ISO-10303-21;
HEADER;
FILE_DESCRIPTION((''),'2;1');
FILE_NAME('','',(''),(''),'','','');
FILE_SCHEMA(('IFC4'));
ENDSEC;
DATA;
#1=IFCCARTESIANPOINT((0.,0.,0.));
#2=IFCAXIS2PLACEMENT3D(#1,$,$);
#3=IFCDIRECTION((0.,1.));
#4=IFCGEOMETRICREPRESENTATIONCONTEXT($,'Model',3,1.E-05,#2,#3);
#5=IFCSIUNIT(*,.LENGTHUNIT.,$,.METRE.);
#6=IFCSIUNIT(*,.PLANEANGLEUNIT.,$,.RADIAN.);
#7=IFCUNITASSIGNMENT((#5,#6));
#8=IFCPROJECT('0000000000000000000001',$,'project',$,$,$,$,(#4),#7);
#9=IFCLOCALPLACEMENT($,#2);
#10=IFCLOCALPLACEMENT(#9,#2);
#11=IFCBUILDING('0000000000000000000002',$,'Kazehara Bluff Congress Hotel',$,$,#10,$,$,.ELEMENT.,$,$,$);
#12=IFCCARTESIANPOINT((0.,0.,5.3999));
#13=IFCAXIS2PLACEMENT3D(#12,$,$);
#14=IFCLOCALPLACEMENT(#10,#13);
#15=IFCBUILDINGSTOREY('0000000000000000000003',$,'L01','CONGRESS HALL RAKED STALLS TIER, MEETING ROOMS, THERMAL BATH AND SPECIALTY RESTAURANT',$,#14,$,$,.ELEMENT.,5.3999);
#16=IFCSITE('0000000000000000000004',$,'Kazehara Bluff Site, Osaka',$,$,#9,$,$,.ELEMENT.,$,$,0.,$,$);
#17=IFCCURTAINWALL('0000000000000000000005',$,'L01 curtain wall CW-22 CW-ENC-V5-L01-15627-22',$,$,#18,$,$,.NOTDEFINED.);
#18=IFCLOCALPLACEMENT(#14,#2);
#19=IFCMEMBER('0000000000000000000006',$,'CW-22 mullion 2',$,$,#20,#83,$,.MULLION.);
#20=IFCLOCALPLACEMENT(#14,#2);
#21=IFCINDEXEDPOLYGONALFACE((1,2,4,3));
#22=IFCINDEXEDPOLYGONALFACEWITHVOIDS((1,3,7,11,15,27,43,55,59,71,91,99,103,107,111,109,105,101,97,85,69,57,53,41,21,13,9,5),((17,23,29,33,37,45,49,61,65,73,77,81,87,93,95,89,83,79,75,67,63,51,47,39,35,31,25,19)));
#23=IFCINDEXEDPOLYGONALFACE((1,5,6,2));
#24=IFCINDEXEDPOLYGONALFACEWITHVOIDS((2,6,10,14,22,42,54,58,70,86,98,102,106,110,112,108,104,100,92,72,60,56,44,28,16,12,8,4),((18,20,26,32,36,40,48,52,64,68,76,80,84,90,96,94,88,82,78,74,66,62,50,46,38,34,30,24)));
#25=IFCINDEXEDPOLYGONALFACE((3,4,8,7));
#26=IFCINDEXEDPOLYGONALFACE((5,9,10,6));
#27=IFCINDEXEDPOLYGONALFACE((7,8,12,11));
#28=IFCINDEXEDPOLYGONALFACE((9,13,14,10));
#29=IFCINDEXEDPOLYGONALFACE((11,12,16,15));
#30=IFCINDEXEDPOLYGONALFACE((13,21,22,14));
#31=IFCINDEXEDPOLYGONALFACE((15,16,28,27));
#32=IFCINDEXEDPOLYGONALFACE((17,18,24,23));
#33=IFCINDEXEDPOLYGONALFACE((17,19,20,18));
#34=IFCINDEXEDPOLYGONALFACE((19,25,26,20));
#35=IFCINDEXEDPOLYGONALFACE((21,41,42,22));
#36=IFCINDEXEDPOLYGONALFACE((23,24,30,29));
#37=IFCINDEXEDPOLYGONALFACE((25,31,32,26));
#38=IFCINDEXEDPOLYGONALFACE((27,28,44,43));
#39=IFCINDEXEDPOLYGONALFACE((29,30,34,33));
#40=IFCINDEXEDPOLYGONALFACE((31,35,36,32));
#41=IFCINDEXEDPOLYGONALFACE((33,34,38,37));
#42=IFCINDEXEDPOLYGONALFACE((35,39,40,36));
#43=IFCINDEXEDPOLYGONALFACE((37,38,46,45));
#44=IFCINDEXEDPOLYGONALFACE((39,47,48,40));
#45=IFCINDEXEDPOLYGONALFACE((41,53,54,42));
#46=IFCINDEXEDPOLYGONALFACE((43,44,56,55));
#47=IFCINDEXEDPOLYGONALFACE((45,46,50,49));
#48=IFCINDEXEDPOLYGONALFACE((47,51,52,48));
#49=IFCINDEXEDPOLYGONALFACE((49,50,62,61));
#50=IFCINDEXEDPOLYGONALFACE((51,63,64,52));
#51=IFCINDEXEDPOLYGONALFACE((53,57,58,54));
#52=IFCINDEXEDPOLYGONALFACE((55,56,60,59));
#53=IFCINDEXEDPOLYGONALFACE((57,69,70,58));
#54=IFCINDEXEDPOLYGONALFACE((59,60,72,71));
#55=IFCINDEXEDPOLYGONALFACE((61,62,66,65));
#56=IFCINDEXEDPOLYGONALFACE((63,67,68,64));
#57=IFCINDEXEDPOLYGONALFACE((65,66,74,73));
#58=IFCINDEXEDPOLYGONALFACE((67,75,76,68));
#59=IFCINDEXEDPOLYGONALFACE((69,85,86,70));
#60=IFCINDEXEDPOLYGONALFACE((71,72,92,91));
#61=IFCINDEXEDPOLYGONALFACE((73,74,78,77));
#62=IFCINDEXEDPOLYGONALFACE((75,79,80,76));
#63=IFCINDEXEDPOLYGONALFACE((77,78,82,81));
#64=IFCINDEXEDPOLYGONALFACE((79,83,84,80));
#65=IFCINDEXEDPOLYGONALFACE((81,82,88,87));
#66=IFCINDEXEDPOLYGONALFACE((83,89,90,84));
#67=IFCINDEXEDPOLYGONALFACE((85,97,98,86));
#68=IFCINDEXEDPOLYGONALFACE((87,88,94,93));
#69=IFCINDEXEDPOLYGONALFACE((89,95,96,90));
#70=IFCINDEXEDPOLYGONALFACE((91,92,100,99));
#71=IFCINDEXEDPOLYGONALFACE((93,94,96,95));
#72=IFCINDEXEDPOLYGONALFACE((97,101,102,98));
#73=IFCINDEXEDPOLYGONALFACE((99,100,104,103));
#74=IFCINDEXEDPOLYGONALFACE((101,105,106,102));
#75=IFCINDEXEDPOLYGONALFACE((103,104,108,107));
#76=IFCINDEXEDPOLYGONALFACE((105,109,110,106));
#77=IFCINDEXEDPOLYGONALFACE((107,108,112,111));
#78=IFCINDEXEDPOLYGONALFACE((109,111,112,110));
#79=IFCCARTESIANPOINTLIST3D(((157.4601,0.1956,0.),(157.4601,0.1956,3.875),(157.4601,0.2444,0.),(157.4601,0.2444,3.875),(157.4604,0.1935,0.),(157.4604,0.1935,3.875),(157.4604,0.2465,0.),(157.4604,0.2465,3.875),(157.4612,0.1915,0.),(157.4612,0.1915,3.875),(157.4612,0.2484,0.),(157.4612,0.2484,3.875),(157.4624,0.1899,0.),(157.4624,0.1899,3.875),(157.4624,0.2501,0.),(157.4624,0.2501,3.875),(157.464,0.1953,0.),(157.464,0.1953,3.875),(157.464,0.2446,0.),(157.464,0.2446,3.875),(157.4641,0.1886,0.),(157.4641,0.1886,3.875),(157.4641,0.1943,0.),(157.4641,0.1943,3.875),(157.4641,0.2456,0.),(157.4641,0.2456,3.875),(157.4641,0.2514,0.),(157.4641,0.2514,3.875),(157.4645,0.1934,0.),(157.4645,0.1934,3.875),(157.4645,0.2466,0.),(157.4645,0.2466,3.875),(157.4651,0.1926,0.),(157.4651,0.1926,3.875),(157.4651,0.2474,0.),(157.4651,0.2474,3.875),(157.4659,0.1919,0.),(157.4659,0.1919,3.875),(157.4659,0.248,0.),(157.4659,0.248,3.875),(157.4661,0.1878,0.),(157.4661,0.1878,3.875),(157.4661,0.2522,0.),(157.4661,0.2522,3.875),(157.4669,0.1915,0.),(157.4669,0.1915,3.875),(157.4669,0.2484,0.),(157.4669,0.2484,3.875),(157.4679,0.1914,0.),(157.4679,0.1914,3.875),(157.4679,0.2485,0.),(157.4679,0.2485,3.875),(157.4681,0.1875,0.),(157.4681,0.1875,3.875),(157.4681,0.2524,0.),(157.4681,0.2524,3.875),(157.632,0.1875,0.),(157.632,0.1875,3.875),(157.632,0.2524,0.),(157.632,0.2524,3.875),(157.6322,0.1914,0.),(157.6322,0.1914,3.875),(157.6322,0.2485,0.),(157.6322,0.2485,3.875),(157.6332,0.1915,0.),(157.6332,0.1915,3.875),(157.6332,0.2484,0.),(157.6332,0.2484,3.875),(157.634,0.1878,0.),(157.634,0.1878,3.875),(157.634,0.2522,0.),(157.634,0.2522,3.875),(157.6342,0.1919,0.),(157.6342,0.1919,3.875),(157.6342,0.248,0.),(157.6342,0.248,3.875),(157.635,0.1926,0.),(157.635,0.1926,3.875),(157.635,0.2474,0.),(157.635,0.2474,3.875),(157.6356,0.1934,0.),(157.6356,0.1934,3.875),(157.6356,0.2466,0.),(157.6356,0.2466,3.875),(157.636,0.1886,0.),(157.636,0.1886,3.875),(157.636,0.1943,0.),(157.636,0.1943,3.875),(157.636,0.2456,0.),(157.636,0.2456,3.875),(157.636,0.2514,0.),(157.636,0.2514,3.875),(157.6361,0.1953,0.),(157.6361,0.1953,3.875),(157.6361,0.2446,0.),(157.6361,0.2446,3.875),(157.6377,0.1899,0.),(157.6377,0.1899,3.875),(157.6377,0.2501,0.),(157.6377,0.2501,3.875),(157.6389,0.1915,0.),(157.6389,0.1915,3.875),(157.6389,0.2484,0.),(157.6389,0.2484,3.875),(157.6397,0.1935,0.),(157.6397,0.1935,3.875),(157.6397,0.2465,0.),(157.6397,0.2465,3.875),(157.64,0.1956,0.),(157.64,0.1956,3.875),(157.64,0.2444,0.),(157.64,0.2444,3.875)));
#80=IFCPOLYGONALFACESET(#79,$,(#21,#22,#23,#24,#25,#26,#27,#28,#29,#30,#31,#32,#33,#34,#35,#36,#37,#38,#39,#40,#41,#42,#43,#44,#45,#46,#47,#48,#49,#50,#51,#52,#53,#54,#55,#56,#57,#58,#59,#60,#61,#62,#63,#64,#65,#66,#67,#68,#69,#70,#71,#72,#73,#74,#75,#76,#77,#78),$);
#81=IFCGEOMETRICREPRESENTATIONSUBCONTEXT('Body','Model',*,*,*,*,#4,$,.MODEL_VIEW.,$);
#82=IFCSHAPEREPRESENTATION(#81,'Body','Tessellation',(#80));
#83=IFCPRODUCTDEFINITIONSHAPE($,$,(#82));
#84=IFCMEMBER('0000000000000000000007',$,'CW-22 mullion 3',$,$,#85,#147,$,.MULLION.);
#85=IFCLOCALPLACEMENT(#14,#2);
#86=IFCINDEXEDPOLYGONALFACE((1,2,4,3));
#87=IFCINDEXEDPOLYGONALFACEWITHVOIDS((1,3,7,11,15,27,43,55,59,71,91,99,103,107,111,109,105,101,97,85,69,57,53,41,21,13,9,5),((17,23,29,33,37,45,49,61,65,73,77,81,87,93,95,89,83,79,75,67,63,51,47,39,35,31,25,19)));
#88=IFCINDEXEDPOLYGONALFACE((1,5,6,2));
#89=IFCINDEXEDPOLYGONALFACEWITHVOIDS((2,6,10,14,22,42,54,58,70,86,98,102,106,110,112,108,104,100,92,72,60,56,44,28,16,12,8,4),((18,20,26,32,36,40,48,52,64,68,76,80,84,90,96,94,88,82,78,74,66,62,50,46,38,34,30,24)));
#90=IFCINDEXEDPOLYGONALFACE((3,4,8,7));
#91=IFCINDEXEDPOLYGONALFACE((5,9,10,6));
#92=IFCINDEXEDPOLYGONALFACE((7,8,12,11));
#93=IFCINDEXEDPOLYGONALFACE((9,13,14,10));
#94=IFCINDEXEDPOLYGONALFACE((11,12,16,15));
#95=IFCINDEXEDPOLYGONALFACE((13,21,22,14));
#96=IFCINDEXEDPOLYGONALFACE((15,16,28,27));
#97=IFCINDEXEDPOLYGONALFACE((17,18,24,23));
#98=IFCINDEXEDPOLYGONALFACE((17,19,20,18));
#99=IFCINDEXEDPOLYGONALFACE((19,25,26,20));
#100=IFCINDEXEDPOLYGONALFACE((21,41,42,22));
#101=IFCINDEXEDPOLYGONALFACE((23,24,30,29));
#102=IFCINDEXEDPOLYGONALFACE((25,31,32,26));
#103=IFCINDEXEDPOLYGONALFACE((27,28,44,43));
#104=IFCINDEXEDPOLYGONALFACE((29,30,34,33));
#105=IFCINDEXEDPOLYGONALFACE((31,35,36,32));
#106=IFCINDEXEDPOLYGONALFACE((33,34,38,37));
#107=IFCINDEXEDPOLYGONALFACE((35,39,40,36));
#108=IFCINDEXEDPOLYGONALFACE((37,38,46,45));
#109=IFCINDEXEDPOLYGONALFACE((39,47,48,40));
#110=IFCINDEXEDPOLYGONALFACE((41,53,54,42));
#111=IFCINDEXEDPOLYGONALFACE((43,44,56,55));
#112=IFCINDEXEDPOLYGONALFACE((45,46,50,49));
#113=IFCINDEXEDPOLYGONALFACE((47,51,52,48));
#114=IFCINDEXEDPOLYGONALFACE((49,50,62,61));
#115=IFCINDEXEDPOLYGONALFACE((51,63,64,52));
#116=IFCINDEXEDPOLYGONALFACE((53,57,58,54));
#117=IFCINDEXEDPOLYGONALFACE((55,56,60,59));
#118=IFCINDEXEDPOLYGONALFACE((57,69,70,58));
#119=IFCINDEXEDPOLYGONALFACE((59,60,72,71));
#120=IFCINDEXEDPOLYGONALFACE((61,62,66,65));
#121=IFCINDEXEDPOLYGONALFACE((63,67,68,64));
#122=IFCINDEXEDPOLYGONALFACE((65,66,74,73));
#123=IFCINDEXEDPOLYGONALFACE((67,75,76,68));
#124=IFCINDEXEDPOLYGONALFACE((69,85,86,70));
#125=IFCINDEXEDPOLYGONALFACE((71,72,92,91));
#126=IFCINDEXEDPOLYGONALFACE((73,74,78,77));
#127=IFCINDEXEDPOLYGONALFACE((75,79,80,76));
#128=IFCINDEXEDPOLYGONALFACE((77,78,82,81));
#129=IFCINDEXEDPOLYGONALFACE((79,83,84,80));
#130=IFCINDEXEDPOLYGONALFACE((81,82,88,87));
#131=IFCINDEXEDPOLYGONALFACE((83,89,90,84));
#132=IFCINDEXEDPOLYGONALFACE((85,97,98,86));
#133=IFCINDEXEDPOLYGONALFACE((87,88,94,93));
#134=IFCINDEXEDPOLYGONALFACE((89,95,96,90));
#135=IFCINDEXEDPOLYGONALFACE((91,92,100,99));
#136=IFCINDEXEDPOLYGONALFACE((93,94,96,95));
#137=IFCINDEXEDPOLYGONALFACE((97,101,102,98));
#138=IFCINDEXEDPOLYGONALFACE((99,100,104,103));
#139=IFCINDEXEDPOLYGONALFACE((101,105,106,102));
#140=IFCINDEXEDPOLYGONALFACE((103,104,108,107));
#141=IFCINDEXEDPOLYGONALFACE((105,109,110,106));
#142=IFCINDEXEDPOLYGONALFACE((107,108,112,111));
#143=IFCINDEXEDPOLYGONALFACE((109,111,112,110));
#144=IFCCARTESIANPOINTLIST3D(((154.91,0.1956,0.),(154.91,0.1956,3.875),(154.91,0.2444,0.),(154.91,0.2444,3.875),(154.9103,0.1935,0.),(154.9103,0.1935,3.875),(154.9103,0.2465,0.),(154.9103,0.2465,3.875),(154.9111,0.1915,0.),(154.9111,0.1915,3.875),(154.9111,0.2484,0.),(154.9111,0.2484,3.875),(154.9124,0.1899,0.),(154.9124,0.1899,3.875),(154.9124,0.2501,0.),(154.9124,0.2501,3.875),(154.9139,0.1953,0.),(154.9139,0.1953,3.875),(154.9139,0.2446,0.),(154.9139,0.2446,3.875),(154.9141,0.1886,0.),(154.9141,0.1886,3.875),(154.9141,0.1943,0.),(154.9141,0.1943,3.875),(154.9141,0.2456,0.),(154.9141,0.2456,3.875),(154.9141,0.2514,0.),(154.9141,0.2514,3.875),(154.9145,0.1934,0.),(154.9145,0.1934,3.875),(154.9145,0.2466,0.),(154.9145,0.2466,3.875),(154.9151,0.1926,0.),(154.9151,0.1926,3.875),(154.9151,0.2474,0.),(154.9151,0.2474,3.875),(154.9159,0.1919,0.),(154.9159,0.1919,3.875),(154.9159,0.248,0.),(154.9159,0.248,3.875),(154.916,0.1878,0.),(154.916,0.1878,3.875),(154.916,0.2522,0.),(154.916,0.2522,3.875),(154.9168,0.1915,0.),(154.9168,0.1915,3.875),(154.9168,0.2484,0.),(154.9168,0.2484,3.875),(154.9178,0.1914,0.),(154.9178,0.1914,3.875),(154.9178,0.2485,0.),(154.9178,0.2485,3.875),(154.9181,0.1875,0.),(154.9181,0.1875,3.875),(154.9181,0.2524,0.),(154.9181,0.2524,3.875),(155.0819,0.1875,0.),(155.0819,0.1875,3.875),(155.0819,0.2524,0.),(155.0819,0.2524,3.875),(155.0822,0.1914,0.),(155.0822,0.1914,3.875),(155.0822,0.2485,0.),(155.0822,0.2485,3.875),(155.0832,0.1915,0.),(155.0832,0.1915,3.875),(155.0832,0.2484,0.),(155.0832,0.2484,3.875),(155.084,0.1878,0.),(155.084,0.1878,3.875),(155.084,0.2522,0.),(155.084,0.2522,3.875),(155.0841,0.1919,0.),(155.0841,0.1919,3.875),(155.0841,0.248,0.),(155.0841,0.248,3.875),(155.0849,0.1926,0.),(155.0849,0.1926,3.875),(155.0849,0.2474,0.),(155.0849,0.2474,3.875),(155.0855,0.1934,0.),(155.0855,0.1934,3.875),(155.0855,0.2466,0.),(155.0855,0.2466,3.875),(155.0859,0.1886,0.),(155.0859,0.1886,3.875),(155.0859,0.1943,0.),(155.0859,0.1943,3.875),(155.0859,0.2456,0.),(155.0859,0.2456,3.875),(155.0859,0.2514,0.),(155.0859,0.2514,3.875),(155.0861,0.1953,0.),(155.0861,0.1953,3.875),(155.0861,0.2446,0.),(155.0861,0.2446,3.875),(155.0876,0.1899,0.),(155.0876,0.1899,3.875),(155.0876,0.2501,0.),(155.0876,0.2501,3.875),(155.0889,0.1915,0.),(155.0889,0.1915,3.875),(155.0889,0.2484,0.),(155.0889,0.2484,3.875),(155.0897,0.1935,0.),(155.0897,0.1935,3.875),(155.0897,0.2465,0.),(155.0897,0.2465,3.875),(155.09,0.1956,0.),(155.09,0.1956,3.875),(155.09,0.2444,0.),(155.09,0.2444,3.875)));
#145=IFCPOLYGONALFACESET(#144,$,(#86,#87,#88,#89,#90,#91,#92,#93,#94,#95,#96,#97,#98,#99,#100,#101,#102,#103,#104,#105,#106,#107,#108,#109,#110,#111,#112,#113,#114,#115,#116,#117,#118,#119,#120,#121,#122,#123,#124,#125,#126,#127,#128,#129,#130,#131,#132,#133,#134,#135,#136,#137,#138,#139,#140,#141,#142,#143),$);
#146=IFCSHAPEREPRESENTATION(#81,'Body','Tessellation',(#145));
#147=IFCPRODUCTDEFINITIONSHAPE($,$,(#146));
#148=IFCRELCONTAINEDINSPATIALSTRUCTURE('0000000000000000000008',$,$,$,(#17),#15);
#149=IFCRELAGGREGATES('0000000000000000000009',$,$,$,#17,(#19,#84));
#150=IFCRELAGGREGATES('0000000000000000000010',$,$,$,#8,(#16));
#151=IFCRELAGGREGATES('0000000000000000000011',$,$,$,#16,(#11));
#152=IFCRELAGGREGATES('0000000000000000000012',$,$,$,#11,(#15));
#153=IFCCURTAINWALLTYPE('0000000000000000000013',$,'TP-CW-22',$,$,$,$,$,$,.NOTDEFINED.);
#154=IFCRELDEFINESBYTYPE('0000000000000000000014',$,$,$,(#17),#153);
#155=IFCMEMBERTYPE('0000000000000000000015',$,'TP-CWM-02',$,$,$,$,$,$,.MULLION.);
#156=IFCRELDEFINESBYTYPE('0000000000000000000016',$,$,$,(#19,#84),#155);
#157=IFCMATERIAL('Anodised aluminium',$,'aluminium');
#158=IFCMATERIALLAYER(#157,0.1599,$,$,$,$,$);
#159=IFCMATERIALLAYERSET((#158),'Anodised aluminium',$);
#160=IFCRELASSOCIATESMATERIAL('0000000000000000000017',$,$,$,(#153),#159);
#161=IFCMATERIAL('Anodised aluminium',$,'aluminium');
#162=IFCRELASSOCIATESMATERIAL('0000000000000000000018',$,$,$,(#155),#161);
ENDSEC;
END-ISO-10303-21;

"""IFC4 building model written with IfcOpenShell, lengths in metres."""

from ifc_helpers import new_model, si_unit, direction, frame, origin, origin_2d, place, context, subcontext, project, spatial, hollow_rectangle, extrude, material, layer, layer_set, material_profile, profile_set, type_object, element, aggregate, save


model = new_model("IFC4")

# Units and contexts
model_context = context("Model", 3, precision=1e-05, world=origin(), true_north=direction((0.0, 1.0)))
body_context = subcontext(model_context, "Body", "Model", "MODEL_VIEW")
ifc_project = project(units=[si_unit("LENGTHUNIT", "METRE"), si_unit("PLANEANGLEUNIT", "RADIAN")], contexts=[model_context])

# Site, building, storey
site_placement = place(None, origin())
site = spatial("IfcSite", under=ifc_project, at=site_placement, Name="Kazehara Bluff Site, Osaka", CompositionType="ELEMENT", RefElevation=0.0)
building_placement = place(site_placement, origin())
building = spatial("IfcBuilding", under=site, at=building_placement, Name="Kazehara Bluff Congress Hotel", CompositionType="ELEMENT")
storey_placement = place(building_placement, frame((0.0, 0.0, 5.3999)))
storey = spatial("IfcBuildingStorey", under=building, at=storey_placement, Name="L01", Description="CONGRESS HALL RAKED STALLS TIER, MEETING ROOMS, THERMAL BATH AND SPECIALTY RESTAURANT", CompositionType="ELEMENT", Elevation=5.3999)

# Curtain wall, members
ifc_material_1 = material(Name="Anodised aluminium", Category="aluminium")
ifc_layer_1 = layer(ifc_material_1, 0.1599)
ifc_layer_set_1 = layer_set([ifc_layer_1], Name="Anodised aluminium")
curtain_wall_type = type_object("IfcCurtainWallType", Name="TP-CW-22", PredefinedType="NOTDEFINED", material=ifc_layer_set_1)
ifc_material_2 = material(Name="Anodised aluminium", Category="aluminium")
ifc_material_profile_1 = material_profile(ifc_material_2, hollow_rectangle(XDim=0.0649, YDim=0.1799, WallThickness=0.0039, InnerFilletRadius=0.0039, OuterFilletRadius=0.0081, at=origin_2d()))
ifc_profile_set_1 = profile_set([ifc_material_profile_1], Name="Anodised aluminium")
member_type_1 = type_object("IfcMemberType", Name="TP-CWM-02", PredefinedType="MULLION", material=ifc_profile_set_1)
curtain_wall_1_placement = place(storey_placement, origin())
curtain_wall_1 = element("IfcCurtainWall", 1, at=curtain_wall_1_placement, inside=storey, type_object=curtain_wall_type, Name="L01 curtain wall CW-22 CW-ENC-V5-L01-15627-22", PredefinedType="NOTDEFINED")
member_1_placement = place(storey_placement, frame((157.55, 0.22, 0.0), z_axis=(0.0, 0.0, 1.0), x_axis=(0.0, -1.0, 0.0)))
member_1 = element("IfcMember", 2, at=member_1_placement, type_object=member_type_1, Name="CW-22 mullion 2", PredefinedType="MULLION", context=body_context, shape_type="SweptSolid", body=[
    extrude(hollow_rectangle(XDim=0.0649, YDim=0.1799, WallThickness=0.0039, InnerFilletRadius=0.0039, OuterFilletRadius=0.0081, at=origin_2d()), origin(), (0.0, 0.0, 1.0), 3.875),
])
member_2_placement = place(storey_placement, frame((155.0, 0.22, 0.0), z_axis=(0.0, 0.0, 1.0), x_axis=(0.0, -1.0, 0.0)))
member_2 = element("IfcMember", 3, at=member_2_placement, type_object=member_type_1, Name="CW-22 mullion 3", PredefinedType="MULLION", context=body_context, shape_type="SweptSolid", body=[
    extrude(hollow_rectangle(XDim=0.0649, YDim=0.1799, WallThickness=0.0039, InnerFilletRadius=0.0039, OuterFilletRadius=0.0081, at=origin_2d()), origin(), (0.0, 0.0, 1.0), 3.875),
])

aggregate(curtain_wall_1, [member_1, member_2])

save(model, "model.ifc")
